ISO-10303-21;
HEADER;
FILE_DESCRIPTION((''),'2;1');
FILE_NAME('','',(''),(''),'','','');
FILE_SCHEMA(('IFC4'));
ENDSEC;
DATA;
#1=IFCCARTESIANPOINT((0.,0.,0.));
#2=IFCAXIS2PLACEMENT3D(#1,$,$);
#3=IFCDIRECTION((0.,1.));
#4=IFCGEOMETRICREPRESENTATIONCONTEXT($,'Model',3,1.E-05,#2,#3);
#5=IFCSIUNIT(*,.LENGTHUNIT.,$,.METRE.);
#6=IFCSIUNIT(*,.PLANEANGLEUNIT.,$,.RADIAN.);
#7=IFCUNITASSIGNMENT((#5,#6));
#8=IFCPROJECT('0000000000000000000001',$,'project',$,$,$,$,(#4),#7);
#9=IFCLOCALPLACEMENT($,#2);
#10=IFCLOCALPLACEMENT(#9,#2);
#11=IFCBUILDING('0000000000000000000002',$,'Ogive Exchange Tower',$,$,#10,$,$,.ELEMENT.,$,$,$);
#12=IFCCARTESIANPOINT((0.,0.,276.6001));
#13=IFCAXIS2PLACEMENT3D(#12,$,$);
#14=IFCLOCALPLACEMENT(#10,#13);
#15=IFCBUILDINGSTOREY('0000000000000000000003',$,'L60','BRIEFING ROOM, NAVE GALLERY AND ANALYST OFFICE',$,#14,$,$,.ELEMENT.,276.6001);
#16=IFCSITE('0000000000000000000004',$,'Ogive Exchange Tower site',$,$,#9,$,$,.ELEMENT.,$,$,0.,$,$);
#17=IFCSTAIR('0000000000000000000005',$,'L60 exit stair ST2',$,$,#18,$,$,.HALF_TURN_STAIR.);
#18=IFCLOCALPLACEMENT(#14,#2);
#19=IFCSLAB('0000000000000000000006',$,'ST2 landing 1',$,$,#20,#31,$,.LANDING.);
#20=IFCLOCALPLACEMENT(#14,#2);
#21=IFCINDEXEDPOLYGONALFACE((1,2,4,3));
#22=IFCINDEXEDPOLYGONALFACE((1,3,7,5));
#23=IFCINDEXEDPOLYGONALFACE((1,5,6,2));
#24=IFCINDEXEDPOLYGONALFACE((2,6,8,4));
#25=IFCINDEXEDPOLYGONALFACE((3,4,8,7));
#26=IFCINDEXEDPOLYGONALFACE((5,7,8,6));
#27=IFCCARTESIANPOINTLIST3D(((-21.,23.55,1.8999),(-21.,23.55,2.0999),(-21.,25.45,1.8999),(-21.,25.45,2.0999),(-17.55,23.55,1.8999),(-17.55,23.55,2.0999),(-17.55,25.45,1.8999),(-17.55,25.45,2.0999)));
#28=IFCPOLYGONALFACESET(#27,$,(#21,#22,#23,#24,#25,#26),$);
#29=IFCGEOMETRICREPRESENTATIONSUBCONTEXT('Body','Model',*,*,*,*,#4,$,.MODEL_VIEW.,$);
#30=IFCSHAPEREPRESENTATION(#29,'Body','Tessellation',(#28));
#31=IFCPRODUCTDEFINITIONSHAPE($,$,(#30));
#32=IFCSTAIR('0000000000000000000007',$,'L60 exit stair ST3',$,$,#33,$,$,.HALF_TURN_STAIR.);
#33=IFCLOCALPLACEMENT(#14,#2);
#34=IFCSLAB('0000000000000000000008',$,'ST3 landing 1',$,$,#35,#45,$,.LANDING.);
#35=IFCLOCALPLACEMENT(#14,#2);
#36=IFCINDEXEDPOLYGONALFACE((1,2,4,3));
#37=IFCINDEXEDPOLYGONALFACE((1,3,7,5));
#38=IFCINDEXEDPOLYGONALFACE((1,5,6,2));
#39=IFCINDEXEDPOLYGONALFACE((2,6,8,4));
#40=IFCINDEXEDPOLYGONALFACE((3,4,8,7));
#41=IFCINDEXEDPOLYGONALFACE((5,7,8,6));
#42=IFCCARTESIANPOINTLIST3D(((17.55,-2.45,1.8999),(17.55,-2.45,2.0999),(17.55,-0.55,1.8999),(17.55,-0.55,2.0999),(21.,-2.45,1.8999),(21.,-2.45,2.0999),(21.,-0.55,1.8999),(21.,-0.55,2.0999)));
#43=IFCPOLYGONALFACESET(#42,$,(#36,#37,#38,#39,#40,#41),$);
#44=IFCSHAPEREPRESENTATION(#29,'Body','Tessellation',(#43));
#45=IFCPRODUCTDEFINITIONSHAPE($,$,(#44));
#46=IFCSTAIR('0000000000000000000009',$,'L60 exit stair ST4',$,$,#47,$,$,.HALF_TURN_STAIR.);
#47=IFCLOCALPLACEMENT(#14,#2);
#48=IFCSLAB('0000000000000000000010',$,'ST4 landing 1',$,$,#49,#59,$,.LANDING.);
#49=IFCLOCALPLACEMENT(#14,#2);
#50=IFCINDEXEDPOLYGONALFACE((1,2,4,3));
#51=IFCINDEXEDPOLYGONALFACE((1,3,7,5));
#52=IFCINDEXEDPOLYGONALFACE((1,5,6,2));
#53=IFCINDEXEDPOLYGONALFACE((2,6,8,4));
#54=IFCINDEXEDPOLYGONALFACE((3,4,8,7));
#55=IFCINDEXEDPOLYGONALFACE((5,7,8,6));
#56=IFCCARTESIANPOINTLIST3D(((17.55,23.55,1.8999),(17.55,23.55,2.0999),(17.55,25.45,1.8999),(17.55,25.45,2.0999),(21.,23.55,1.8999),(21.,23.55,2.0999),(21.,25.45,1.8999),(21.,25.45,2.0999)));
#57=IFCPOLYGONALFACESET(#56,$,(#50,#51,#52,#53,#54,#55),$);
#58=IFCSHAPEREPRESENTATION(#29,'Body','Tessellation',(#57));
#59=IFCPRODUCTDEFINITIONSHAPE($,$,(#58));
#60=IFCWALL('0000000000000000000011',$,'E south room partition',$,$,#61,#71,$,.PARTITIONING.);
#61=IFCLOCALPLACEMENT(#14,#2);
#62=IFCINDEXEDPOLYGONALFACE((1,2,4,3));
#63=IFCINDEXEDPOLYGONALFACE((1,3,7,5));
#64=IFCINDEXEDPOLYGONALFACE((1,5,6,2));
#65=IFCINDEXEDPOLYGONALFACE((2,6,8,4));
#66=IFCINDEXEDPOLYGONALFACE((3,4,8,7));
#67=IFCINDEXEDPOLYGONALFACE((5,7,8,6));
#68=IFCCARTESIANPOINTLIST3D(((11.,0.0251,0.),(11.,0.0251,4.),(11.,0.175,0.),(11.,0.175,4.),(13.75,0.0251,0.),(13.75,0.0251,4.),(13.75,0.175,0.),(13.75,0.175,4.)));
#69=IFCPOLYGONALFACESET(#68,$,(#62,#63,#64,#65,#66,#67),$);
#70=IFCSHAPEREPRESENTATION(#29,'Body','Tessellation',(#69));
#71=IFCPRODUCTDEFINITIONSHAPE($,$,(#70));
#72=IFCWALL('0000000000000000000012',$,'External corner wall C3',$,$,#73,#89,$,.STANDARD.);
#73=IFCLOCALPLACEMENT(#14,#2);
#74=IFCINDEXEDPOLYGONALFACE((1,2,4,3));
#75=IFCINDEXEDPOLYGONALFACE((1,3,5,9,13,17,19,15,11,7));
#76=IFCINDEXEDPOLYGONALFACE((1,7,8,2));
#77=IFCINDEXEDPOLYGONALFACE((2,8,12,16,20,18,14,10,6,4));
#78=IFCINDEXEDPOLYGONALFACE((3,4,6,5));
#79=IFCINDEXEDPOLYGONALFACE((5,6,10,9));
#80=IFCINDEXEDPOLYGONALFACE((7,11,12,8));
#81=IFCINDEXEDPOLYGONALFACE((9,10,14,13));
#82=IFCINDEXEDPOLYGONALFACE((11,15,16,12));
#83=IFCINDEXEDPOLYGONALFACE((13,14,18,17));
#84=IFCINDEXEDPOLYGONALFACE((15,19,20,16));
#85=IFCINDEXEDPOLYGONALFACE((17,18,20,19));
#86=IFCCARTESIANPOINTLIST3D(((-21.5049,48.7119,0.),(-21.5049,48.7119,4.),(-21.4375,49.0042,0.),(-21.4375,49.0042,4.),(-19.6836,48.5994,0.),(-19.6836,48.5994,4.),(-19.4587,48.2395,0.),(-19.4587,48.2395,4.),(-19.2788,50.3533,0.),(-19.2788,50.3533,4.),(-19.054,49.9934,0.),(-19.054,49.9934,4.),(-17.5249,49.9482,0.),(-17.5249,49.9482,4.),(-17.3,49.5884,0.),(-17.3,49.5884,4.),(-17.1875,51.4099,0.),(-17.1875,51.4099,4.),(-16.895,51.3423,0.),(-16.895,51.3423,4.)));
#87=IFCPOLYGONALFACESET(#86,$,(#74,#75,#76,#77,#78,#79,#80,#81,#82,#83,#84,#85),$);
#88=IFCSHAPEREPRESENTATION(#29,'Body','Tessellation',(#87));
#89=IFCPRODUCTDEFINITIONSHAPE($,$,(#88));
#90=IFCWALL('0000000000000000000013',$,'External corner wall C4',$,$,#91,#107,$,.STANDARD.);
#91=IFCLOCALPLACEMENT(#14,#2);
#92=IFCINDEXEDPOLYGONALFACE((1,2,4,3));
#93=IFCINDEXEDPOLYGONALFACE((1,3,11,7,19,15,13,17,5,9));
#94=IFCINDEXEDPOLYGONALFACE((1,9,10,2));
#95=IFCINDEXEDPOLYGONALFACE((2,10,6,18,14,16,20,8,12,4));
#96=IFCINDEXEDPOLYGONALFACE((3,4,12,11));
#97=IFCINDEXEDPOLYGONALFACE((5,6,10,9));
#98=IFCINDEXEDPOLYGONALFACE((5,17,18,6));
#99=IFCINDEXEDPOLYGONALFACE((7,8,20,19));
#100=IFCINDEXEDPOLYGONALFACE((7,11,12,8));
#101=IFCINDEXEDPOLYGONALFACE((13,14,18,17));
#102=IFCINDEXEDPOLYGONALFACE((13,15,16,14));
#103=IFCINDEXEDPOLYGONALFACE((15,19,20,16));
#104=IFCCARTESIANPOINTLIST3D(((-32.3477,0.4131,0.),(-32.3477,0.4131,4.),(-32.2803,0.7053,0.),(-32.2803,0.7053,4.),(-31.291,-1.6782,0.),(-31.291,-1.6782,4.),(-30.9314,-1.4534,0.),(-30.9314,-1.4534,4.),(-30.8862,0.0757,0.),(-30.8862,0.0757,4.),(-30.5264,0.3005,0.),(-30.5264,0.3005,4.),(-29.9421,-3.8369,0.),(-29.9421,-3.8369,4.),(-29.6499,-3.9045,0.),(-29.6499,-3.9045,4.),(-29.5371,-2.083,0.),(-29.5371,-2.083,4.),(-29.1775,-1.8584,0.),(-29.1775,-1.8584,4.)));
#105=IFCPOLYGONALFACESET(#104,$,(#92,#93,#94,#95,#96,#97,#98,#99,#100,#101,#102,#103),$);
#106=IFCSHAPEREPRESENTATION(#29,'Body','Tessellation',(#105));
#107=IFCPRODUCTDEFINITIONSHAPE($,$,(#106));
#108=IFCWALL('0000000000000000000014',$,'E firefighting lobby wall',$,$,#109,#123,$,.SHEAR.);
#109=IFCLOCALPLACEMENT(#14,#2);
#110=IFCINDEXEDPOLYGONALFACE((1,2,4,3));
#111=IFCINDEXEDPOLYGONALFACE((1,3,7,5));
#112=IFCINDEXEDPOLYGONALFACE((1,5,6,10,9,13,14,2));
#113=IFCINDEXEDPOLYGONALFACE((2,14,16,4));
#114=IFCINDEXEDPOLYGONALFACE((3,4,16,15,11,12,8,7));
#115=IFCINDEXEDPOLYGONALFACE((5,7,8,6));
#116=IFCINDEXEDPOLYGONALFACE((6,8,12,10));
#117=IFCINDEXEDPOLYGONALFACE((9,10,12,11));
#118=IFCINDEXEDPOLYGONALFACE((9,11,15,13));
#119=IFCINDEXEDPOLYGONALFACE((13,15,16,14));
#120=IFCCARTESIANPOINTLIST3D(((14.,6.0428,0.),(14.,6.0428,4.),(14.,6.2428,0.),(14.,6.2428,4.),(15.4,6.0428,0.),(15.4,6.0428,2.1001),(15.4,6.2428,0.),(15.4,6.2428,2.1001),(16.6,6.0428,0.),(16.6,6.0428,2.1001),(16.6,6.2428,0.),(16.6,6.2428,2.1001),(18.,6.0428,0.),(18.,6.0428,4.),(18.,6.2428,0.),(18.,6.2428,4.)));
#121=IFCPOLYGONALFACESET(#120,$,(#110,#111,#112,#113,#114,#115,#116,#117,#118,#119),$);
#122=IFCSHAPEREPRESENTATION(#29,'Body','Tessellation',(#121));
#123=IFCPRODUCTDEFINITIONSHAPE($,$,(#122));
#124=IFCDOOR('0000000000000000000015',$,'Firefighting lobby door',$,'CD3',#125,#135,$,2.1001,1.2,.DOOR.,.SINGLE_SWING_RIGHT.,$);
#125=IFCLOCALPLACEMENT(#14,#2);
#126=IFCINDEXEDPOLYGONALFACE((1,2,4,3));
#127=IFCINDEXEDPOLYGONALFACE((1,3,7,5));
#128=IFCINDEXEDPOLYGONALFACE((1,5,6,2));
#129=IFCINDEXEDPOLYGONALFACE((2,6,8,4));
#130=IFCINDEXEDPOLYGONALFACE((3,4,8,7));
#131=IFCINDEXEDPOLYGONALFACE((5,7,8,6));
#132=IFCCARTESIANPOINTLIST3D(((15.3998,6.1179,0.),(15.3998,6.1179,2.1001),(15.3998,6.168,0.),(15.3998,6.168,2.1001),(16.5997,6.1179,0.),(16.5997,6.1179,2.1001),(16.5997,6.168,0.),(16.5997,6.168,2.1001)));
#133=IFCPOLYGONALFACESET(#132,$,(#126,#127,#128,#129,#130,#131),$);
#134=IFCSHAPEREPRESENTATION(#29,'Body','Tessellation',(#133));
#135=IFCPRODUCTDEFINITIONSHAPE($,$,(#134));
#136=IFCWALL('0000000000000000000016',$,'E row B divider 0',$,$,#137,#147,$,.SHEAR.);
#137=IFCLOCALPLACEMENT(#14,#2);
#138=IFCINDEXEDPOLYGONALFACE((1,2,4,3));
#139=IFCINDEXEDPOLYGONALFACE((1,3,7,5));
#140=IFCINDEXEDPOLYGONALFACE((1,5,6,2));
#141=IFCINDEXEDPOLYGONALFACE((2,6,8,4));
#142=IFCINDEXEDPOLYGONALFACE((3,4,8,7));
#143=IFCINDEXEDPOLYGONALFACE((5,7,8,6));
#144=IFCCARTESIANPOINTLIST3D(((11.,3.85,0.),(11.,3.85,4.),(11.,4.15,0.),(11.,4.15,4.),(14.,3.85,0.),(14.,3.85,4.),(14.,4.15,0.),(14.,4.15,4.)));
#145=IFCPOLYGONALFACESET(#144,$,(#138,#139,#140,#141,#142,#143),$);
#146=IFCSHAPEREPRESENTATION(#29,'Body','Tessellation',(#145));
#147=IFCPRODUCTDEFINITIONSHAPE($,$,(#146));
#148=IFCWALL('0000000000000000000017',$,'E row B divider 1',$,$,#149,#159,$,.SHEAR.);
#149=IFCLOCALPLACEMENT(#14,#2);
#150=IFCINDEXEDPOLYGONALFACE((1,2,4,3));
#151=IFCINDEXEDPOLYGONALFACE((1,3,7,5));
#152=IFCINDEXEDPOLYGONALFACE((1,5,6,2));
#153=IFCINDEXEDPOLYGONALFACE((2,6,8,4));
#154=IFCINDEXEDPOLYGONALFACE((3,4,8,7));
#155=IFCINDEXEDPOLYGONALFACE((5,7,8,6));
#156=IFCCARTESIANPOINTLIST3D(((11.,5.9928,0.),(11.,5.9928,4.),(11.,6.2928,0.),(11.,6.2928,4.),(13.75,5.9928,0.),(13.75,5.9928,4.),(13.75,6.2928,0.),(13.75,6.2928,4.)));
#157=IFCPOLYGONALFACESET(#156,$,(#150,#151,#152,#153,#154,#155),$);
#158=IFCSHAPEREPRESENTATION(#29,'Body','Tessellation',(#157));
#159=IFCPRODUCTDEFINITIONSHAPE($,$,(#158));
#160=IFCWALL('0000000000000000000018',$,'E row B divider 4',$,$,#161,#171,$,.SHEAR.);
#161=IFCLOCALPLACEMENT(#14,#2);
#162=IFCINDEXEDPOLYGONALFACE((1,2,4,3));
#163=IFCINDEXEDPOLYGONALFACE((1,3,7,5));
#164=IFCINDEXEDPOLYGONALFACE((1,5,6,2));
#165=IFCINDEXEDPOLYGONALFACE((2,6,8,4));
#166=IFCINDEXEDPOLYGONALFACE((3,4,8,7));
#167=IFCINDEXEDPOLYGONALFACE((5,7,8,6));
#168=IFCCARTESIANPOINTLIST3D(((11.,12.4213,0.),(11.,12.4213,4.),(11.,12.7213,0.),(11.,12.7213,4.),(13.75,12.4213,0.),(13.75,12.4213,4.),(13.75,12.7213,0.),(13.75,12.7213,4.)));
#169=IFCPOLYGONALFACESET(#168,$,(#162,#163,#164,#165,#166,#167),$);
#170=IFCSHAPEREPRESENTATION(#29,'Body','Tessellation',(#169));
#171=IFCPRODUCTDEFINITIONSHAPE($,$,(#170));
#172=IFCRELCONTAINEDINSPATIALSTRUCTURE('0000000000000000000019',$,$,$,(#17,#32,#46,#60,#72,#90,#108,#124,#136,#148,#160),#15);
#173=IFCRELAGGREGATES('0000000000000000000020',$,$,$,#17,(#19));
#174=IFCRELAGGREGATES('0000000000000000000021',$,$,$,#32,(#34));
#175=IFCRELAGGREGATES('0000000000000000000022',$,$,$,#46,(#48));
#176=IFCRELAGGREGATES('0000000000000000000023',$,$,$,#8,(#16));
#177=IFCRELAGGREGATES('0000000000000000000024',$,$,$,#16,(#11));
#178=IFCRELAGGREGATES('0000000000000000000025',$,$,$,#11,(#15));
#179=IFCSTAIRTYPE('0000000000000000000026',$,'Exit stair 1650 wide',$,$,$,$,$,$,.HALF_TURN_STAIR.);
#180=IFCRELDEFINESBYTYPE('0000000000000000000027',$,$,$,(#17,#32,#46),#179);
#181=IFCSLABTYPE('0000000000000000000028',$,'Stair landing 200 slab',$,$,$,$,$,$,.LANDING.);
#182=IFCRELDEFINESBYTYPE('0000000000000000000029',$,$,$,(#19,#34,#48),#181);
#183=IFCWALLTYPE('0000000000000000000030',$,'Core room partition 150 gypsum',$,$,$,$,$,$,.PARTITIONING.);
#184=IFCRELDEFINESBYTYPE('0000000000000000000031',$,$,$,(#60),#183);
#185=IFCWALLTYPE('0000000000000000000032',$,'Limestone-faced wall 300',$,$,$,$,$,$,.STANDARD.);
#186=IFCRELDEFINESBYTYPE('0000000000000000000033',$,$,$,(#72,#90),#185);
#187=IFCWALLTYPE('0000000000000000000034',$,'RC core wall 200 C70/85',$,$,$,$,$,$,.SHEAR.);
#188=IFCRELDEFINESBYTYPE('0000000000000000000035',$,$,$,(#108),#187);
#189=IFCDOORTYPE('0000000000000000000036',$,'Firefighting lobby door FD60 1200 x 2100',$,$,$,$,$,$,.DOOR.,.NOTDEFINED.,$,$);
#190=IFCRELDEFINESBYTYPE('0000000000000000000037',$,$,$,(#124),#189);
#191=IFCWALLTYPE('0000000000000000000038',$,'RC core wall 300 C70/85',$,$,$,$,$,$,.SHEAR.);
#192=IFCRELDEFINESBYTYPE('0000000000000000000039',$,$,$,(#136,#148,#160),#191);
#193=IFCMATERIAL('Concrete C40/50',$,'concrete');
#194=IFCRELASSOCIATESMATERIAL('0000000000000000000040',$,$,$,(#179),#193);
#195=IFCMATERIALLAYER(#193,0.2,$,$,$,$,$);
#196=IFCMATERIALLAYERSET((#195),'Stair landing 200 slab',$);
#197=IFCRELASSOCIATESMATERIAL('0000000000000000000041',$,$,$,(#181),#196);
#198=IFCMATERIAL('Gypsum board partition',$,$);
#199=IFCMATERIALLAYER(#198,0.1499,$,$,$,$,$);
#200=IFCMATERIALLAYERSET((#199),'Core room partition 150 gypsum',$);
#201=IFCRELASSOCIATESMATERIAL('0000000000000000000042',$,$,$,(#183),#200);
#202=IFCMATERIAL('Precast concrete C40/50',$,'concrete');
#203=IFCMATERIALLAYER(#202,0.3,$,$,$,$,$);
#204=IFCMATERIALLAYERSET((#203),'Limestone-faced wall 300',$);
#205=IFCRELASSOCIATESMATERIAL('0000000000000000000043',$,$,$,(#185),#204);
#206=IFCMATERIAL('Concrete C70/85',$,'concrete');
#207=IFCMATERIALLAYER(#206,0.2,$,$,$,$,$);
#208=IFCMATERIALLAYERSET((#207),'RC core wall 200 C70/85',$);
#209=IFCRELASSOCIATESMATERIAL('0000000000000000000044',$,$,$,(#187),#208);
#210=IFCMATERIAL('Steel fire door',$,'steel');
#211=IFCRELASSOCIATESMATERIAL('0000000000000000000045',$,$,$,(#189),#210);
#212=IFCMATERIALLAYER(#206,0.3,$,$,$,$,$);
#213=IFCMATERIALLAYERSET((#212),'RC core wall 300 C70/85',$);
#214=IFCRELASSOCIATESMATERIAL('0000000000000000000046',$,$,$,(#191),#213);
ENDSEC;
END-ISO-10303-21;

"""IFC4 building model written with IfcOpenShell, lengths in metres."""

from ifc_helpers import new_model, si_unit, direction, frame, frame_2d, origin, place, context, subcontext, project, spatial, polyline, rectangle, outline, extrude, material, layer, layer_set, type_object, element, fill, aggregate, save


model = new_model("IFC4")

# Units and contexts
model_context = context("Model", 3, precision=1e-05, world=origin(), true_north=direction((0.0, 1.0)))
body_context = subcontext(model_context, "Body", "Model", "MODEL_VIEW")
ifc_project = project(units=[si_unit("LENGTHUNIT", "METRE"), si_unit("PLANEANGLEUNIT", "RADIAN")], contexts=[model_context])

# Site, building, storey
site_placement = place(None, origin())
site = spatial("IfcSite", under=ifc_project, at=site_placement, Name="Ogive Exchange Tower site", CompositionType="ELEMENT", RefElevation=0.0)
building_placement = place(site_placement, origin())
building = spatial("IfcBuilding", under=site, at=building_placement, Name="Ogive Exchange Tower", CompositionType="ELEMENT")
storey_placement = place(building_placement, frame((0.0, 0.0, 276.6001)))
storey = spatial("IfcBuildingStorey", under=building, at=storey_placement, Name="L60", Description="BRIEFING ROOM, NAVE GALLERY AND ANALYST OFFICE", CompositionType="ELEMENT", Elevation=276.6001)

# Shared definitions
ifc_material_1 = material(Name="Concrete C70/85", Category="concrete")

# Stairs, slabs
ifc_material_2 = material(Name="Concrete C40/50", Category="concrete")
stair_type = type_object("IfcStairType", Name="Exit stair 1650 wide", PredefinedType="HALF_TURN_STAIR", material=ifc_material_2)
ifc_layer_1 = layer(ifc_material_2, 0.2)
ifc_layer_set_1 = layer_set([ifc_layer_1], Name="Stair landing 200 slab")
slab_type_1 = type_object("IfcSlabType", Name="Stair landing 200 slab", PredefinedType="LANDING", material=ifc_layer_set_1)
stair_1_placement = place(storey_placement, origin())
stair_1 = element("IfcStair", 1, at=stair_1_placement, inside=storey, type_object=stair_type, Name="L60 exit stair ST2", PredefinedType="HALF_TURN_STAIR")
slab_1_placement = place(storey_placement, frame((0.0, 0.0, 1.8999)))
slab_1 = element("IfcSlab", 2, at=slab_1_placement, type_object=slab_type_1, Name="ST2 landing 1", PredefinedType="LANDING", context=body_context, shape_type="SweptSolid", body=[
    extrude(outline(polyline([(-17.55, 23.55), (-17.55, 25.45), (-21.0, 25.45), (-21.0, 23.55), (-17.55, 23.55)])), origin(), (0.0, 0.0, 1.0), 0.2),
])
aggregate(stair_1, [slab_1])
stair_2_placement = place(storey_placement, origin())
stair_2 = element("IfcStair", 3, at=stair_2_placement, inside=storey, type_object=stair_type, Name="L60 exit stair ST3", PredefinedType="HALF_TURN_STAIR")
slab_2_placement = place(storey_placement, frame((0.0, 0.0, 1.8999)))
slab_2 = element("IfcSlab", 4, at=slab_2_placement, type_object=slab_type_1, Name="ST3 landing 1", PredefinedType="LANDING", context=body_context, shape_type="SweptSolid", body=[
    extrude(outline(polyline([(17.55, -0.55), (17.55, -2.45), (21.0, -2.45), (21.0, -0.55), (17.55, -0.55)])), origin(), (0.0, 0.0, 1.0), 0.2),
])
aggregate(stair_2, [slab_2])
stair_3_placement = place(storey_placement, origin())
stair_3 = element("IfcStair", 5, at=stair_3_placement, inside=storey, type_object=stair_type, Name="L60 exit stair ST4", PredefinedType="HALF_TURN_STAIR")
slab_3_placement = place(storey_placement, frame((0.0, 0.0, 1.8999)))
slab_3 = element("IfcSlab", 6, at=slab_3_placement, type_object=slab_type_1, Name="ST4 landing 1", PredefinedType="LANDING", context=body_context, shape_type="SweptSolid", body=[
    extrude(outline(polyline([(21.0, 23.55), (21.0, 25.45), (17.55, 25.45), (17.55, 23.55), (21.0, 23.55)])), origin(), (0.0, 0.0, 1.0), 0.2),
])
aggregate(stair_3, [slab_3])

# Walls
ifc_material_3 = material(Name="Gypsum board partition")
ifc_layer_2 = layer(ifc_material_3, 0.1499)
ifc_layer_set_2 = layer_set([ifc_layer_2], Name="Core room partition 150 gypsum")
wall_type_1 = type_object("IfcWallType", Name="Core room partition 150 gypsum", PredefinedType="PARTITIONING", material=ifc_layer_set_2)
wall_1_placement = place(storey_placement, frame((11.0, 0.1001, 0.0), z_axis=(0.0, 0.0, 1.0), x_axis=(1.0, 0.0, 0.0)))
element("IfcWall", 7, at=wall_1_placement, inside=storey, type_object=wall_type_1, Name="E south room partition", PredefinedType="PARTITIONING", context=body_context, shape_type="SweptSolid", body=[
    extrude(rectangle(XDim=2.75, YDim=0.1499, at=frame_2d((1.375, 0.0))), origin(), (0.0, 0.0, 1.0), 4.0),
])
ifc_material_4 = material(Name="Precast concrete C40/50", Category="concrete")
ifc_layer_3 = layer(ifc_material_4, 0.3)
ifc_layer_set_3 = layer_set([ifc_layer_3], Name="Limestone-faced wall 300")
wall_type_2 = type_object("IfcWallType", Name="Limestone-faced wall 300", PredefinedType="STANDARD", material=ifc_layer_set_3)
wall_2_placement = place(storey_placement, origin())
element("IfcWall", 8, at=wall_2_placement, inside=storey, type_object=wall_type_2, Name="External corner wall C3", PredefinedType="STANDARD", context=body_context, shape_type="SweptSolid", body=[
    extrude(outline(polyline([(-21.5049, 48.7119), (-21.4375, 49.0042), (-19.6836, 48.5994), (-19.2788, 50.3533), (-17.5249, 49.9482), (-17.1875, 51.4099), (-16.895, 51.3423), (-17.3, 49.5884), (-19.054, 49.9934), (-19.4587, 48.2395), (-21.5049, 48.7119)])), origin(), (0.0, 0.0, 1.0), 4.0),
])
wall_3_placement = place(storey_placement, origin())
element("IfcWall", 9, at=wall_3_placement, inside=storey, type_object=wall_type_2, Name="External corner wall C4", PredefinedType="STANDARD", context=body_context, shape_type="SweptSolid", body=[
    extrude(outline(polyline([(-31.291, -1.6782), (-30.8862, 0.0757), (-32.3477, 0.4131), (-32.2803, 0.7053), (-30.5264, 0.3005), (-30.9314, -1.4534), (-29.1775, -1.8584), (-29.6499, -3.9045), (-29.9421, -3.8369), (-29.5371, -2.083), (-31.291, -1.6782)])), origin(), (0.0, 0.0, 1.0), 4.0),
])

# Wall, opening, door
ifc_layer_4 = layer(ifc_material_1, 0.2)
ifc_layer_set_4 = layer_set([ifc_layer_4], Name="RC core wall 200 C70/85")
wall_type_3 = type_object("IfcWallType", Name="RC core wall 200 C70/85", PredefinedType="SHEAR", material=ifc_layer_set_4)
wall_4_placement = place(storey_placement, frame((14.0, 6.1428, 0.0), z_axis=(0.0, 0.0, 1.0), x_axis=(1.0, 0.0, 0.0)))
wall_4 = element("IfcWall", 10, at=wall_4_placement, inside=storey, type_object=wall_type_3, Name="E firefighting lobby wall", PredefinedType="SHEAR", context=body_context, shape_type="SweptSolid", body=[
    extrude(rectangle(XDim=4.0, YDim=0.2, at=frame_2d((2.0, 0.0))), origin(), (0.0, 0.0, 1.0), 4.0),
])
opening_placement = place(wall_4_placement, frame((1.3999, 0.0, 0.0)))
opening = element("IfcOpeningElement", 11, at=opening_placement, cuts=wall_4, PredefinedType="OPENING", context=body_context, shape_type="SweptSolid", body=[
    extrude(rectangle(XDim=1.2, YDim=2.1001, at=frame_2d((0.6001, 1.05))), frame((0.0, 0.1099, 0.0), z_axis=(0.0, -1.0, 0.0), x_axis=(1.0, 0.0, 0.0)), (0.0, 0.0, 1.0), 0.22),
])
ifc_material_5 = material(Name="Steel fire door", Category="steel")
door_type = type_object("IfcDoorType", Name="Firefighting lobby door FD60 1200 x 2100", OperationType="NOTDEFINED", PredefinedType="DOOR", material=ifc_material_5)
door_placement = place(opening_placement, frame((1.2, 0.0, 0.0), z_axis=(0.0, 0.0, 1.0), x_axis=(-1.0, 0.0, 0.0)))
door = element("IfcDoor", 12, at=door_placement, inside=storey, type_object=door_type, Name="Firefighting lobby door", ObjectType="CD3", OperationType="SINGLE_SWING_RIGHT", OverallHeight=2.1001, OverallWidth=1.2, PredefinedType="DOOR", context=body_context, shape_type="SweptSolid", body=[
    extrude(rectangle(XDim=1.2, YDim=2.1001, at=frame_2d((0.6001, 1.05))), frame((0.0, 0.0249, 0.0), z_axis=(0.0, -1.0, 0.0), x_axis=(1.0, 0.0, 0.0)), (0.0, 0.0, 1.0), 0.05),
])
fill(opening, door)

# Walls
ifc_layer_5 = layer(ifc_material_1, 0.3)
ifc_layer_set_5 = layer_set([ifc_layer_5], Name="RC core wall 300 C70/85")
wall_type_4 = type_object("IfcWallType", Name="RC core wall 300 C70/85", PredefinedType="SHEAR", material=ifc_layer_set_5)
wall_5_placement = place(storey_placement, frame((11.0, 4.0, 0.0), z_axis=(0.0, 0.0, 1.0), x_axis=(1.0, 0.0, 0.0)))
element("IfcWall", 13, at=wall_5_placement, inside=storey, type_object=wall_type_4, Name="E row B divider 0", PredefinedType="SHEAR", context=body_context, shape_type="SweptSolid", body=[
    extrude(rectangle(XDim=3.0, YDim=0.3, at=frame_2d((1.5, 0.0))), origin(), (0.0, 0.0, 1.0), 4.0),
])
for number, where, z_axis, x_axis, name in (
    (14, (11.0, 6.1428, 0.0), (0.0, 0.0, 1.0), (1.0, 0.0, 0.0), "E row B divider 1"),
    (15, (11.0, 12.5713, 0.0), (0.0, 0.0, 1.0), (1.0, 0.0, 0.0), "E row B divider 4"),
):
    element("IfcWall", number, at=place(storey_placement, frame(where, z_axis=z_axis, x_axis=x_axis)), inside=storey, type_object=wall_type_4, Name=name, PredefinedType="SHEAR", context=body_context, shape_type="SweptSolid", body=[
        extrude(rectangle(XDim=2.75, YDim=0.3, at=frame_2d((1.375, 0.0))), origin(), (0.0, 0.0, 1.0), 4.0),
    ])

save(model, "model.ifc")
